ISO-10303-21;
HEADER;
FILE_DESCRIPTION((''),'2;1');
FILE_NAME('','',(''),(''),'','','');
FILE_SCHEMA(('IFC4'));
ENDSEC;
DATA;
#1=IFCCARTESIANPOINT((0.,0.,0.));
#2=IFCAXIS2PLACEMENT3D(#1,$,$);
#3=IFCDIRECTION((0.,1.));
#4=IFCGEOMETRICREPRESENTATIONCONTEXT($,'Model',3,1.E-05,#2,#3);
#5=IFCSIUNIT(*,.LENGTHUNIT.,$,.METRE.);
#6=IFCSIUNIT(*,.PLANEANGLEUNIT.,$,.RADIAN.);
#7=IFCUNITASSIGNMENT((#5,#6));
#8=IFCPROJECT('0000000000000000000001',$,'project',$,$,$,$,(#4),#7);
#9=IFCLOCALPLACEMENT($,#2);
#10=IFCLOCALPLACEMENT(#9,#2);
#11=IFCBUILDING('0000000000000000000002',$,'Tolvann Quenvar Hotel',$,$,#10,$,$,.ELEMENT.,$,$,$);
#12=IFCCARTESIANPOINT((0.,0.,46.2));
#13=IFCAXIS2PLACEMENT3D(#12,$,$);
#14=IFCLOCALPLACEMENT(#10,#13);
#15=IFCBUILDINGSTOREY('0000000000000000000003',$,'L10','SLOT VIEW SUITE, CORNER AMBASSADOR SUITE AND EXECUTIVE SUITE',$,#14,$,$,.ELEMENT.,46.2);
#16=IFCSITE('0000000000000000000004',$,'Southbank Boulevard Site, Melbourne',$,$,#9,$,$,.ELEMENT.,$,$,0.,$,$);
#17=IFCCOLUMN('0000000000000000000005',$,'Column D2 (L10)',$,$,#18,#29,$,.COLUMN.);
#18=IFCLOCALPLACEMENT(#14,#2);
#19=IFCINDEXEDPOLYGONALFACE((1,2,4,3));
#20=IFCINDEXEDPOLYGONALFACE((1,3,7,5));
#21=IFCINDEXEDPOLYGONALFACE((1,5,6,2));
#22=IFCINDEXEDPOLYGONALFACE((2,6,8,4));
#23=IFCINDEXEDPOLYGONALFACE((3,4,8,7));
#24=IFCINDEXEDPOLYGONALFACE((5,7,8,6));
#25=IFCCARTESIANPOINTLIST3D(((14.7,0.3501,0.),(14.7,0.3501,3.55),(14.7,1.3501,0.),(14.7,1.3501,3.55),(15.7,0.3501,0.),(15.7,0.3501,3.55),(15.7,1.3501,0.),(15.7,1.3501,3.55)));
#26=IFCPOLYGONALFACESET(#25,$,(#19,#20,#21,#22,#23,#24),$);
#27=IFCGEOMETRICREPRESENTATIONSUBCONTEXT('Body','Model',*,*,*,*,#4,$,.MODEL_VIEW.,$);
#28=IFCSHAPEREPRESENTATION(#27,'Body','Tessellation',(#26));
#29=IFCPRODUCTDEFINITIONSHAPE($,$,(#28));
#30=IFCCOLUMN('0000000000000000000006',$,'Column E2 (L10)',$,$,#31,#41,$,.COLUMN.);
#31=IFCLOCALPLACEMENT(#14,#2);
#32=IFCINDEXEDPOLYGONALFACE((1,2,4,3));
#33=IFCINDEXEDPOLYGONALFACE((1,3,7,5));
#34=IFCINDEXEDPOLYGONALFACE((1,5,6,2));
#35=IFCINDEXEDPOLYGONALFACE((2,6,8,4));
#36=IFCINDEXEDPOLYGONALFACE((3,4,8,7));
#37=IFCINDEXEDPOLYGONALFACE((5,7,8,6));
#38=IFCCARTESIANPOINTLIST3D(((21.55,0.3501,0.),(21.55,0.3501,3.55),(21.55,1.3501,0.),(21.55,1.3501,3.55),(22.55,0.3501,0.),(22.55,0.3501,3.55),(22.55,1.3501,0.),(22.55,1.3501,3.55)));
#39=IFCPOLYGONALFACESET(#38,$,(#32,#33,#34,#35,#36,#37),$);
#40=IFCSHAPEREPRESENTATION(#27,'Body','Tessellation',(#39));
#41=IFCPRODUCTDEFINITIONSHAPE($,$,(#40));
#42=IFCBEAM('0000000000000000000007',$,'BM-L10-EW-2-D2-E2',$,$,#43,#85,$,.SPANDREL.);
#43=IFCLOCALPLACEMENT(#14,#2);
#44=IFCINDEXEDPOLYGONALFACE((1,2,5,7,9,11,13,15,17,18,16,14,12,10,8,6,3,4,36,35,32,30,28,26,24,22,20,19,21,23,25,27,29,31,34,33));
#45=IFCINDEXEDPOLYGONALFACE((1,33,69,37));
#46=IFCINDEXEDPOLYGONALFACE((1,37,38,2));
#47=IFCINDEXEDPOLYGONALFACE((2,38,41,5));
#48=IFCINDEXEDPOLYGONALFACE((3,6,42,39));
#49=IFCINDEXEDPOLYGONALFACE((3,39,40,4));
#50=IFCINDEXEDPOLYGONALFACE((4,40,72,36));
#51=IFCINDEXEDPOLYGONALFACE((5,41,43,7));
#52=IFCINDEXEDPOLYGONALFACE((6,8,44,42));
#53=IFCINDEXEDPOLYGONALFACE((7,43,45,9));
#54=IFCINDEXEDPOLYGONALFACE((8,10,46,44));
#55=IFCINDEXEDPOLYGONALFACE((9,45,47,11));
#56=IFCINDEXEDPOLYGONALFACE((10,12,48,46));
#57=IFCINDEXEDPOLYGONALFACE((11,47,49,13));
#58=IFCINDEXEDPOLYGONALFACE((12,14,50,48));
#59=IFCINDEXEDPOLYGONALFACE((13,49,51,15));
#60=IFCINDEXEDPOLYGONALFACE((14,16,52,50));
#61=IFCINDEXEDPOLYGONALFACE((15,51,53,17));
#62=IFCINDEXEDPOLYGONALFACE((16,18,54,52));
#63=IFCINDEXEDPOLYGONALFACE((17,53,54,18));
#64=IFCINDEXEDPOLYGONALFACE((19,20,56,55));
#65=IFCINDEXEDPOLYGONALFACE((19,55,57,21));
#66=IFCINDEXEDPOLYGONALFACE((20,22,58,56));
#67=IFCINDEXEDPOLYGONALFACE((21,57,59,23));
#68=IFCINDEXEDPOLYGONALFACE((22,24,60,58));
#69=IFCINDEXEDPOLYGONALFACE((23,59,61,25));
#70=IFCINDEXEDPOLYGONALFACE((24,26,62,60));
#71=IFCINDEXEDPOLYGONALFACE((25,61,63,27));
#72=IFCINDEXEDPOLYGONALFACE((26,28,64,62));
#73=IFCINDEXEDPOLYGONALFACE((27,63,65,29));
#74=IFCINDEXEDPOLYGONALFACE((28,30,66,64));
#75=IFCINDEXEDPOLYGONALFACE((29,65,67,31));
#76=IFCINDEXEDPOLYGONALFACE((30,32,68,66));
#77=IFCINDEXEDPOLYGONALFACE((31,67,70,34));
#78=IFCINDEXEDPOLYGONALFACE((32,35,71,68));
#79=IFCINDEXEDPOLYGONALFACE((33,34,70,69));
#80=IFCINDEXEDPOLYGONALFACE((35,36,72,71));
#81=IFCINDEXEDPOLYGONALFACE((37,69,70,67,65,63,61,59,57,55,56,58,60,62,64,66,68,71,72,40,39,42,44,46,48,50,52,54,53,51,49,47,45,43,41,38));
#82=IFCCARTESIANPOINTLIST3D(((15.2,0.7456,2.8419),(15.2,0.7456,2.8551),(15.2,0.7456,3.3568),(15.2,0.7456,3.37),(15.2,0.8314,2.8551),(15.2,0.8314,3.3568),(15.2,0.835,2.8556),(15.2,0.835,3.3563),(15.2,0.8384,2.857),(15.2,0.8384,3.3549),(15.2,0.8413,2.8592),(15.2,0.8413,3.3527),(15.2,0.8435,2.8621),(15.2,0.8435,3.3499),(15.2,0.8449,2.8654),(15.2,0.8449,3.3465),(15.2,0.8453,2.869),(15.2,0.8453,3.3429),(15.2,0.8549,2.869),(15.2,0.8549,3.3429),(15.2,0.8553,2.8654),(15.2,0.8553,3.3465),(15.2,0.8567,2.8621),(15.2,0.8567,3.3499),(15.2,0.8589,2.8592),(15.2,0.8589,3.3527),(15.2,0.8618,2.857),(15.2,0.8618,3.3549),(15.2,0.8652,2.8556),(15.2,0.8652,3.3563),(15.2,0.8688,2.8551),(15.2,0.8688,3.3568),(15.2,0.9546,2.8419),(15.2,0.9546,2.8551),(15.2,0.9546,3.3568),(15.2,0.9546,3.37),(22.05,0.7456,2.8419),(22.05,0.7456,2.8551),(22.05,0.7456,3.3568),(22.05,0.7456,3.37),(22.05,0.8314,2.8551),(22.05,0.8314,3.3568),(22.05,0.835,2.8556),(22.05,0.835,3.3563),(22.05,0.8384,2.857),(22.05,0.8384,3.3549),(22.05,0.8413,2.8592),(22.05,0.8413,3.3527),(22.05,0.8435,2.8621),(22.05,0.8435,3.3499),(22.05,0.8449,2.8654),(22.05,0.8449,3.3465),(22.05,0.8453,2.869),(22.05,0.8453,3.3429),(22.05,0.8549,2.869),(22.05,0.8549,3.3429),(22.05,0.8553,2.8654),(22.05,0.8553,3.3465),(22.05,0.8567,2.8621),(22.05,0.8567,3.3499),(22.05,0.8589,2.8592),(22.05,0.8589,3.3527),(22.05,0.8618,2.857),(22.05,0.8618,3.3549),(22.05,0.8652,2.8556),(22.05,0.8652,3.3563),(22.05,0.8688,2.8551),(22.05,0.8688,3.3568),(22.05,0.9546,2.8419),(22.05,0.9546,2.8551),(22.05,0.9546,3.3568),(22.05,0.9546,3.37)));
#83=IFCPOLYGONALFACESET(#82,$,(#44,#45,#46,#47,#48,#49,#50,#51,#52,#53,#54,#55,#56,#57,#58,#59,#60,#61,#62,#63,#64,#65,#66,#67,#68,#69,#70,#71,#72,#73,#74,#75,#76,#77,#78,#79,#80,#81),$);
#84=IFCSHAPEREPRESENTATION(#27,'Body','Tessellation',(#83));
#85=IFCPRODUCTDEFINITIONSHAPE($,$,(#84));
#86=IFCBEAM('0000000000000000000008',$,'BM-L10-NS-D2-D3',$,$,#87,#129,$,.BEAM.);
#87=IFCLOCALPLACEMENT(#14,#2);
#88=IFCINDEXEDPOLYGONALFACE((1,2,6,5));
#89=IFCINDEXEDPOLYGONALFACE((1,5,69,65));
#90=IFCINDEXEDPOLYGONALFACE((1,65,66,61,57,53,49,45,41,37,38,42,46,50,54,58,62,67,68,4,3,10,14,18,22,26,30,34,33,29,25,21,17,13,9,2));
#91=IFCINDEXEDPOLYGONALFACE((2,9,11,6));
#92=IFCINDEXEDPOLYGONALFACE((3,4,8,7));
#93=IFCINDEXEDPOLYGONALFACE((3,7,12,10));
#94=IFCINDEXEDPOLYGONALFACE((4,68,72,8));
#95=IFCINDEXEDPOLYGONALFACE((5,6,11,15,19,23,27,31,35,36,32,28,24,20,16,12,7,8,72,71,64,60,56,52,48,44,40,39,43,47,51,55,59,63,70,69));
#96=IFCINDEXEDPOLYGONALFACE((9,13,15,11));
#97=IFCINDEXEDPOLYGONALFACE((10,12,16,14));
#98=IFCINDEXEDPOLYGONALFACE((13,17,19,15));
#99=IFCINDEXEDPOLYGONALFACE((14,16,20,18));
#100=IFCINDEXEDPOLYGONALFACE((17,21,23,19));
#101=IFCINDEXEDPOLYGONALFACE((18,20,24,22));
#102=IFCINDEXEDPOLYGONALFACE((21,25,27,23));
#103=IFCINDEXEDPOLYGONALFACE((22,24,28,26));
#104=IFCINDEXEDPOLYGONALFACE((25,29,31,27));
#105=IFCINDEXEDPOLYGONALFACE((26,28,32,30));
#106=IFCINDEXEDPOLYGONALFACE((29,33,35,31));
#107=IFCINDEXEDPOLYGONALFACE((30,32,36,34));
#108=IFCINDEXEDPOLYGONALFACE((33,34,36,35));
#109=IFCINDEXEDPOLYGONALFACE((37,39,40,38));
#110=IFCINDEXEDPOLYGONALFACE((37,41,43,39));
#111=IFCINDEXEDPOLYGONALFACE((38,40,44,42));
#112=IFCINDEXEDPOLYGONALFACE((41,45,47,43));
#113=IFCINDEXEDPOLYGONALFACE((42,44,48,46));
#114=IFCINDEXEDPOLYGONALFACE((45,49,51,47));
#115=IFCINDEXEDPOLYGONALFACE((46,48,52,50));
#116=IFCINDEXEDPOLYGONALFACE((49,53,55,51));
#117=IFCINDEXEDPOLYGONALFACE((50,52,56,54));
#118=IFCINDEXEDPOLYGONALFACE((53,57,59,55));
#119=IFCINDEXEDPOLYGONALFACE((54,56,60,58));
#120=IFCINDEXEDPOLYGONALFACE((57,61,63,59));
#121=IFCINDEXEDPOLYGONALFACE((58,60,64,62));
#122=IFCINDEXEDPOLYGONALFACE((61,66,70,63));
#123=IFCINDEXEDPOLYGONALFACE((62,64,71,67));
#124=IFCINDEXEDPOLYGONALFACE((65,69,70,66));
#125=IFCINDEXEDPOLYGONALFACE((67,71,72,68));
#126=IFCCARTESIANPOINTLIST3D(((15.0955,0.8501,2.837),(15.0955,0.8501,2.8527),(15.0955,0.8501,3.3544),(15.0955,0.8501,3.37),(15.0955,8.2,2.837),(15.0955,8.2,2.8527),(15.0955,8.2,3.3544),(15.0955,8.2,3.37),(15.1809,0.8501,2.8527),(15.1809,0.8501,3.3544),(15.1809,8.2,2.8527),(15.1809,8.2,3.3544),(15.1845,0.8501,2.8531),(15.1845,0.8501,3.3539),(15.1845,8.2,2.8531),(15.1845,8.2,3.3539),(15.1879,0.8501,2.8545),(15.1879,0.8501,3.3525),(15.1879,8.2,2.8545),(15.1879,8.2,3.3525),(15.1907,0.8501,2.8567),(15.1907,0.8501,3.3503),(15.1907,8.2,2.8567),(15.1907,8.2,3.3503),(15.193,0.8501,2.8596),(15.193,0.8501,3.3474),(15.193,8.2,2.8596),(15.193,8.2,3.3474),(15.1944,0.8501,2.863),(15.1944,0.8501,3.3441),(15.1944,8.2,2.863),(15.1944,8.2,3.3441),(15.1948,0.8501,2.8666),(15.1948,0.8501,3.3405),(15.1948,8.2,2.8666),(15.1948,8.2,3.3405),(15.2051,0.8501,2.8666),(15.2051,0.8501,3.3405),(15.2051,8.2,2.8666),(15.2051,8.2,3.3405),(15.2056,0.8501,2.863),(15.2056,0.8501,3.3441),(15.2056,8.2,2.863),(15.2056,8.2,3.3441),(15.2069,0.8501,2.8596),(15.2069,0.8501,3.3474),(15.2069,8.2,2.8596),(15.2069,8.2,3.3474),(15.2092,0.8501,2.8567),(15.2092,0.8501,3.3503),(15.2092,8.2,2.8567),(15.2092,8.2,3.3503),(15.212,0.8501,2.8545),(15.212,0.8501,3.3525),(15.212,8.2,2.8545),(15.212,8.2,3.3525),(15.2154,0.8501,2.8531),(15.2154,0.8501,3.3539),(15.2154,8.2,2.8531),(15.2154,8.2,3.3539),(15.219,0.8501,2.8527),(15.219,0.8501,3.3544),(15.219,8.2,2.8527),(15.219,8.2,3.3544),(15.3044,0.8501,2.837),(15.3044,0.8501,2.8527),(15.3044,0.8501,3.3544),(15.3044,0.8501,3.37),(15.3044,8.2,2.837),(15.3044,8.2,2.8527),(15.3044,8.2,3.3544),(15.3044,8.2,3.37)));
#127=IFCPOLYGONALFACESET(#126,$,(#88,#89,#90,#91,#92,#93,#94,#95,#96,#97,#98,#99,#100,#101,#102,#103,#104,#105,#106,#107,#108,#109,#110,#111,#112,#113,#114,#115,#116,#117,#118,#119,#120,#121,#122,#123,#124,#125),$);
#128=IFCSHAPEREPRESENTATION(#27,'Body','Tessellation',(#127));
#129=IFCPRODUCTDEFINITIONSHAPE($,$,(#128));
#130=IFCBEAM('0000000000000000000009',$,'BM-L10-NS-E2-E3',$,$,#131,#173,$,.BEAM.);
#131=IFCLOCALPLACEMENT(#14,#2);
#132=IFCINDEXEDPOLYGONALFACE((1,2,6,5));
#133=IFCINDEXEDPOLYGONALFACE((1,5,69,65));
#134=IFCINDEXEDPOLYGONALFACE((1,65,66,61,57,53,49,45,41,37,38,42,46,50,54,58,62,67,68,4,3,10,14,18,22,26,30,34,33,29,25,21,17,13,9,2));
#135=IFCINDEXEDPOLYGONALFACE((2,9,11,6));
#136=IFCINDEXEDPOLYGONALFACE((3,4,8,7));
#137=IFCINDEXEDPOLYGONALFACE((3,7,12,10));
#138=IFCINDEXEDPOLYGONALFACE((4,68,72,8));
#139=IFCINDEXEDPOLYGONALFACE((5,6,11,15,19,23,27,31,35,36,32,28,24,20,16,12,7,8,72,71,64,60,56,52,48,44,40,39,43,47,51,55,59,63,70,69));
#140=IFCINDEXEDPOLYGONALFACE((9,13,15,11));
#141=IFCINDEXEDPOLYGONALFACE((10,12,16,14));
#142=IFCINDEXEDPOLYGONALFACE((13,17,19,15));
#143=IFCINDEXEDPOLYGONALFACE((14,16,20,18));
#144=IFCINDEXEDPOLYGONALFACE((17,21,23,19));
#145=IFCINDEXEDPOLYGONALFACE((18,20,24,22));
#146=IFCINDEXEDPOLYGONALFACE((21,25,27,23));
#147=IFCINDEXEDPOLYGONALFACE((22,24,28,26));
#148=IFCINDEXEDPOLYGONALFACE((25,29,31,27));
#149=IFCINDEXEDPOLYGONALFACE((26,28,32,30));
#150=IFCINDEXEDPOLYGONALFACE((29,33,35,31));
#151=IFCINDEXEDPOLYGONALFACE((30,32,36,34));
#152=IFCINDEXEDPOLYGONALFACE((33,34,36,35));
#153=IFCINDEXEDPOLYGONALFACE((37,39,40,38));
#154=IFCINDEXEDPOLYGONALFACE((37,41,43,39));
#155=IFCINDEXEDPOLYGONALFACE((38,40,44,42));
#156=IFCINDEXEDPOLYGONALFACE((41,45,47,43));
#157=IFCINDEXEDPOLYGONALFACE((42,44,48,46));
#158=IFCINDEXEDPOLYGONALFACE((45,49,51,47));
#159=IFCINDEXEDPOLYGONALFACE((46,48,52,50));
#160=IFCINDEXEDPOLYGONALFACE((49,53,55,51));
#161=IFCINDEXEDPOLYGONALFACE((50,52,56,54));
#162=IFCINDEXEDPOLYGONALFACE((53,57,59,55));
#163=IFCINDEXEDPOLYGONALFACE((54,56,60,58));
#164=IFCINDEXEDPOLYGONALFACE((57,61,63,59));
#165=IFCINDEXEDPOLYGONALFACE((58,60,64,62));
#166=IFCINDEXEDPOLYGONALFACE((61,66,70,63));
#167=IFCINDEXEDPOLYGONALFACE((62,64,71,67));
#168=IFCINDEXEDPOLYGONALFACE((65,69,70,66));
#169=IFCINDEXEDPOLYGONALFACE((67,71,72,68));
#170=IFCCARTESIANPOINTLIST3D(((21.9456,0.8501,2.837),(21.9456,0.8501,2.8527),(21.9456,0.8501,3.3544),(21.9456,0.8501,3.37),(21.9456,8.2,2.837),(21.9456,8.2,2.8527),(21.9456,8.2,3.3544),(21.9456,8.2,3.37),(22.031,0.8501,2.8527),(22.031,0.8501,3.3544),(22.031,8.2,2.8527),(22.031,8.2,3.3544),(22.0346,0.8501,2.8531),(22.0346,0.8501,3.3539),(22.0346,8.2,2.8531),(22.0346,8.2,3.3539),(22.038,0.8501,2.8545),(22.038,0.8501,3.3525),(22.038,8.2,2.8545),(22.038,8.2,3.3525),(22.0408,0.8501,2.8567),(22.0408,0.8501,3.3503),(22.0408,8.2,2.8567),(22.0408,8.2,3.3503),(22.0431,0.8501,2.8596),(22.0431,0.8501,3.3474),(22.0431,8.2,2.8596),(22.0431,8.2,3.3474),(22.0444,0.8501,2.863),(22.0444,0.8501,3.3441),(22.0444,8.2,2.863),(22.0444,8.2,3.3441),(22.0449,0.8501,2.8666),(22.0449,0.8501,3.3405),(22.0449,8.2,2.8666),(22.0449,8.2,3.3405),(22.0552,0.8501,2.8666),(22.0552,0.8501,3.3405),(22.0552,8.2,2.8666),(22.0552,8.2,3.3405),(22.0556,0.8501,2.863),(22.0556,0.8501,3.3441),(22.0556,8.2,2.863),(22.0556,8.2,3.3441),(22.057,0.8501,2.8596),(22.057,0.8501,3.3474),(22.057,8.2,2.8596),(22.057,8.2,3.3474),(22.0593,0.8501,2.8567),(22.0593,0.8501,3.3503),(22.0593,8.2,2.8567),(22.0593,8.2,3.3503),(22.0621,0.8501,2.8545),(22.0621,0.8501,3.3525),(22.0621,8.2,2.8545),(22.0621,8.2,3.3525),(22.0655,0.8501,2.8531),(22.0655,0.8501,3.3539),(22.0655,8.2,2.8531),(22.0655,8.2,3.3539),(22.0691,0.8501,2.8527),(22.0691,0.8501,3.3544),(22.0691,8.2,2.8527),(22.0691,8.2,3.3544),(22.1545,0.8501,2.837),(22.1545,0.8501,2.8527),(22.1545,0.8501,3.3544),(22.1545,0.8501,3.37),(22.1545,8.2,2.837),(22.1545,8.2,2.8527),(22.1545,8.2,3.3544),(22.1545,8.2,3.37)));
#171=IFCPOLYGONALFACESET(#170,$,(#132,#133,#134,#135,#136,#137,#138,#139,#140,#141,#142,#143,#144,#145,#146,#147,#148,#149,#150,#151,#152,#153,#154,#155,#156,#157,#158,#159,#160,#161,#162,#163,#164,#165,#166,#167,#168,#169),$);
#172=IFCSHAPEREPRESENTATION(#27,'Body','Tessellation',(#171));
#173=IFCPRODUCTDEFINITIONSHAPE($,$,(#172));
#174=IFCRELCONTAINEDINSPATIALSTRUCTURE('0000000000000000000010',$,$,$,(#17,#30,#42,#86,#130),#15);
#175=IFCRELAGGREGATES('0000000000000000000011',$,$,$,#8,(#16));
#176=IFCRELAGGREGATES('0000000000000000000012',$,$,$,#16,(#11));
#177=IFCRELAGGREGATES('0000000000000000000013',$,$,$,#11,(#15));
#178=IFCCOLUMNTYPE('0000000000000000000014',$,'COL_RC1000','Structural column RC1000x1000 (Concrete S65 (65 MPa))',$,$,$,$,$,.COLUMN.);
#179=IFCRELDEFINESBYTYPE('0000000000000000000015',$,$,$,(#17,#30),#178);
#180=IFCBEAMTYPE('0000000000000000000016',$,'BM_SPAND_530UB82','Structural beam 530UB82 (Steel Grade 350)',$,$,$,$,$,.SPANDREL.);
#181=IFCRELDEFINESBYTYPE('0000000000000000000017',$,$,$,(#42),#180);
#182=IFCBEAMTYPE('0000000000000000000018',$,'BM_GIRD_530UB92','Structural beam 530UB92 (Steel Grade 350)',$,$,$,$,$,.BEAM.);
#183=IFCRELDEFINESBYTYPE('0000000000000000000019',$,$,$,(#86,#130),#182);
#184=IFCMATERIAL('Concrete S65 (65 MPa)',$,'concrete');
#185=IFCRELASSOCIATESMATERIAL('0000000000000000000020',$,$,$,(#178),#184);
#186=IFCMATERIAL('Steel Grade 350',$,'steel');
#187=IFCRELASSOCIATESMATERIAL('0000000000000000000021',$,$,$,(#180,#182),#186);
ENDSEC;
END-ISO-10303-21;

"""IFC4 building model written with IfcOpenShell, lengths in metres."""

from ifc_helpers import new_model, si_unit, direction, frame, origin, origin_2d, place, context, subcontext, project, spatial, rectangle, i_section, extrude, source, transform, mapped, material, material_profile, profile_set, type_object, type_shapes, element, save


model = new_model("IFC4")

# Units and contexts
model_context = context("Model", 3, precision=1e-05, world=origin(), true_north=direction((0.0, 1.0)))
body_context = subcontext(model_context, "Body", "Model", "MODEL_VIEW")
ifc_project = project(units=[si_unit("LENGTHUNIT", "METRE"), si_unit("PLANEANGLEUNIT", "RADIAN")], contexts=[model_context])

# Site, building, storey
site_placement = place(None, origin())
site = spatial("IfcSite", under=ifc_project, at=site_placement, Name="Southbank Boulevard Site, Melbourne", CompositionType="ELEMENT", RefElevation=0.0)
building_placement = place(site_placement, origin())
building = spatial("IfcBuilding", under=site, at=building_placement, Name="Tolvann Quenvar Hotel", CompositionType="ELEMENT")
storey_placement = place(building_placement, frame((0.0, 0.0, 46.2)))
storey = spatial("IfcBuildingStorey", under=building, at=storey_placement, Name="L10", Description="SLOT VIEW SUITE, CORNER AMBASSADOR SUITE AND EXECUTIVE SUITE", CompositionType="ELEMENT", Elevation=46.2)

# Columns
ifc_material_1 = material(Name="Concrete S65 (65 MPa)", Category="concrete")
ifc_material_profile_1 = material_profile(ifc_material_1, rectangle(XDim=1.0, YDim=1.0, at=origin_2d()), Name="RC1000x1000")
ifc_profile_set_1 = profile_set([ifc_material_profile_1], Name="Concrete S65 (65 MPa)")
column_type = type_object("IfcColumnType", Name="COL_RC1000", Description="Structural column RC1000x1000 (Concrete S65 (65 MPa))", PredefinedType="COLUMN", material=ifc_profile_set_1)
shared_shape_1 = source(origin(), body_context, "Body", "SweptSolid", [
    extrude(rectangle(XDim=1.0, YDim=1.0, at=origin_2d()), origin(), (0.0, 0.0, 1.0), 3.55),
])
type_shapes(column_type, [shared_shape_1])
for number, where, z_axis, x_axis, name in (
    (1, (15.2, 0.8501, 0.0), (0.0, 0.0, 1.0), (1.0, 0.0, 0.0), "Column D2 (L10)"),
    (2, (22.05, 0.8501, 0.0), (0.0, 0.0, 1.0), (1.0, 0.0, 0.0), "Column E2 (L10)"),
):
    element("IfcColumn", number, at=place(storey_placement, frame(where, z_axis=z_axis, x_axis=x_axis)), inside=storey, type_object=column_type, Name=name, PredefinedType="COLUMN", context=body_context, shape_type="MappedRepresentation", body=[
        mapped(shared_shape_1, transform((0.0, 0.0, 0.0), x_axis=(1.0, 0.0, 0.0), y_axis=(0.0, 1.0, 0.0), z_axis=(0.0, 0.0, 1.0), scale=1.0)),
    ])

# Beams
ifc_material_2 = material(Name="Steel Grade 350", Category="steel")
ifc_material_profile_2 = material_profile(ifc_material_2, i_section(OverallWidth=0.209, OverallDepth=0.5281, WebThickness=0.0095, FlangeThickness=0.0132, FilletRadius=0.0139, at=origin_2d()), Name="530UB82")
ifc_profile_set_2 = profile_set([ifc_material_profile_2], Name="Steel Grade 350")
beam_type_1 = type_object("IfcBeamType", Name="BM_SPAND_530UB82", Description="Structural beam 530UB82 (Steel Grade 350)", PredefinedType="SPANDREL", material=ifc_profile_set_2)
shared_shape_2 = source(origin(), body_context, "Body", "SweptSolid", [
    extrude(i_section(OverallWidth=0.209, OverallDepth=0.5281, WebThickness=0.0095, FlangeThickness=0.0132, FilletRadius=0.0139, at=origin_2d()), origin(), (0.0, 0.0, 1.0), 6.8501),
])
type_shapes(beam_type_1, [shared_shape_2])
beam_placement = place(storey_placement, frame((15.2, 0.8501, 3.106), z_axis=(1.0, 0.0, 0.0), x_axis=(0.0, 1.0, 0.0)))
element("IfcBeam", 3, at=beam_placement, inside=storey, type_object=beam_type_1, Name="BM-L10-EW-2-D2-E2", PredefinedType="SPANDREL", context=body_context, shape_type="MappedRepresentation", body=[
    mapped(shared_shape_2, transform((0.0, 0.0, 0.0), x_axis=(1.0, 0.0, 0.0), y_axis=(0.0, 1.0, 0.0), z_axis=(0.0, 0.0, 1.0), scale=1.0)),
])
ifc_material_profile_3 = material_profile(ifc_material_2, i_section(OverallWidth=0.209, OverallDepth=0.533, WebThickness=0.0103, FlangeThickness=0.0156, FilletRadius=0.0139, at=origin_2d()), Name="530UB92")
ifc_profile_set_3 = profile_set([ifc_material_profile_3], Name="Steel Grade 350")
beam_type_2 = type_object("IfcBeamType", Name="BM_GIRD_530UB92", Description="Structural beam 530UB92 (Steel Grade 350)", PredefinedType="BEAM", material=ifc_profile_set_3)
shared_shape_3 = source(origin(), body_context, "Body", "SweptSolid", [
    extrude(i_section(OverallWidth=0.209, OverallDepth=0.533, WebThickness=0.0103, FlangeThickness=0.0156, FilletRadius=0.0139, at=origin_2d()), origin(), (0.0, 0.0, 1.0), 7.3499),
])
type_shapes(beam_type_2, [shared_shape_3])
for number, where, z_axis, x_axis, name in (
    (4, (15.2, 0.8501, 3.1035), (0.0, 1.0, 0.0), (-1.0, 0.0, 0.0), "BM-L10-NS-D2-D3"),
    (5, (22.05, 0.8501, 3.1035), (0.0, 1.0, 0.0), (-1.0, 0.0, 0.0), "BM-L10-NS-E2-E3"),
):
    element("IfcBeam", number, at=place(storey_placement, frame(where, z_axis=z_axis, x_axis=x_axis)), inside=storey, type_object=beam_type_2, Name=name, PredefinedType="BEAM", context=body_context, shape_type="MappedRepresentation", body=[
        mapped(shared_shape_3, transform((0.0, 0.0, 0.0), x_axis=(1.0, 0.0, 0.0), y_axis=(0.0, 1.0, 0.0), z_axis=(0.0, 0.0, 1.0), scale=1.0)),
    ])

save(model, "model.ifc")
